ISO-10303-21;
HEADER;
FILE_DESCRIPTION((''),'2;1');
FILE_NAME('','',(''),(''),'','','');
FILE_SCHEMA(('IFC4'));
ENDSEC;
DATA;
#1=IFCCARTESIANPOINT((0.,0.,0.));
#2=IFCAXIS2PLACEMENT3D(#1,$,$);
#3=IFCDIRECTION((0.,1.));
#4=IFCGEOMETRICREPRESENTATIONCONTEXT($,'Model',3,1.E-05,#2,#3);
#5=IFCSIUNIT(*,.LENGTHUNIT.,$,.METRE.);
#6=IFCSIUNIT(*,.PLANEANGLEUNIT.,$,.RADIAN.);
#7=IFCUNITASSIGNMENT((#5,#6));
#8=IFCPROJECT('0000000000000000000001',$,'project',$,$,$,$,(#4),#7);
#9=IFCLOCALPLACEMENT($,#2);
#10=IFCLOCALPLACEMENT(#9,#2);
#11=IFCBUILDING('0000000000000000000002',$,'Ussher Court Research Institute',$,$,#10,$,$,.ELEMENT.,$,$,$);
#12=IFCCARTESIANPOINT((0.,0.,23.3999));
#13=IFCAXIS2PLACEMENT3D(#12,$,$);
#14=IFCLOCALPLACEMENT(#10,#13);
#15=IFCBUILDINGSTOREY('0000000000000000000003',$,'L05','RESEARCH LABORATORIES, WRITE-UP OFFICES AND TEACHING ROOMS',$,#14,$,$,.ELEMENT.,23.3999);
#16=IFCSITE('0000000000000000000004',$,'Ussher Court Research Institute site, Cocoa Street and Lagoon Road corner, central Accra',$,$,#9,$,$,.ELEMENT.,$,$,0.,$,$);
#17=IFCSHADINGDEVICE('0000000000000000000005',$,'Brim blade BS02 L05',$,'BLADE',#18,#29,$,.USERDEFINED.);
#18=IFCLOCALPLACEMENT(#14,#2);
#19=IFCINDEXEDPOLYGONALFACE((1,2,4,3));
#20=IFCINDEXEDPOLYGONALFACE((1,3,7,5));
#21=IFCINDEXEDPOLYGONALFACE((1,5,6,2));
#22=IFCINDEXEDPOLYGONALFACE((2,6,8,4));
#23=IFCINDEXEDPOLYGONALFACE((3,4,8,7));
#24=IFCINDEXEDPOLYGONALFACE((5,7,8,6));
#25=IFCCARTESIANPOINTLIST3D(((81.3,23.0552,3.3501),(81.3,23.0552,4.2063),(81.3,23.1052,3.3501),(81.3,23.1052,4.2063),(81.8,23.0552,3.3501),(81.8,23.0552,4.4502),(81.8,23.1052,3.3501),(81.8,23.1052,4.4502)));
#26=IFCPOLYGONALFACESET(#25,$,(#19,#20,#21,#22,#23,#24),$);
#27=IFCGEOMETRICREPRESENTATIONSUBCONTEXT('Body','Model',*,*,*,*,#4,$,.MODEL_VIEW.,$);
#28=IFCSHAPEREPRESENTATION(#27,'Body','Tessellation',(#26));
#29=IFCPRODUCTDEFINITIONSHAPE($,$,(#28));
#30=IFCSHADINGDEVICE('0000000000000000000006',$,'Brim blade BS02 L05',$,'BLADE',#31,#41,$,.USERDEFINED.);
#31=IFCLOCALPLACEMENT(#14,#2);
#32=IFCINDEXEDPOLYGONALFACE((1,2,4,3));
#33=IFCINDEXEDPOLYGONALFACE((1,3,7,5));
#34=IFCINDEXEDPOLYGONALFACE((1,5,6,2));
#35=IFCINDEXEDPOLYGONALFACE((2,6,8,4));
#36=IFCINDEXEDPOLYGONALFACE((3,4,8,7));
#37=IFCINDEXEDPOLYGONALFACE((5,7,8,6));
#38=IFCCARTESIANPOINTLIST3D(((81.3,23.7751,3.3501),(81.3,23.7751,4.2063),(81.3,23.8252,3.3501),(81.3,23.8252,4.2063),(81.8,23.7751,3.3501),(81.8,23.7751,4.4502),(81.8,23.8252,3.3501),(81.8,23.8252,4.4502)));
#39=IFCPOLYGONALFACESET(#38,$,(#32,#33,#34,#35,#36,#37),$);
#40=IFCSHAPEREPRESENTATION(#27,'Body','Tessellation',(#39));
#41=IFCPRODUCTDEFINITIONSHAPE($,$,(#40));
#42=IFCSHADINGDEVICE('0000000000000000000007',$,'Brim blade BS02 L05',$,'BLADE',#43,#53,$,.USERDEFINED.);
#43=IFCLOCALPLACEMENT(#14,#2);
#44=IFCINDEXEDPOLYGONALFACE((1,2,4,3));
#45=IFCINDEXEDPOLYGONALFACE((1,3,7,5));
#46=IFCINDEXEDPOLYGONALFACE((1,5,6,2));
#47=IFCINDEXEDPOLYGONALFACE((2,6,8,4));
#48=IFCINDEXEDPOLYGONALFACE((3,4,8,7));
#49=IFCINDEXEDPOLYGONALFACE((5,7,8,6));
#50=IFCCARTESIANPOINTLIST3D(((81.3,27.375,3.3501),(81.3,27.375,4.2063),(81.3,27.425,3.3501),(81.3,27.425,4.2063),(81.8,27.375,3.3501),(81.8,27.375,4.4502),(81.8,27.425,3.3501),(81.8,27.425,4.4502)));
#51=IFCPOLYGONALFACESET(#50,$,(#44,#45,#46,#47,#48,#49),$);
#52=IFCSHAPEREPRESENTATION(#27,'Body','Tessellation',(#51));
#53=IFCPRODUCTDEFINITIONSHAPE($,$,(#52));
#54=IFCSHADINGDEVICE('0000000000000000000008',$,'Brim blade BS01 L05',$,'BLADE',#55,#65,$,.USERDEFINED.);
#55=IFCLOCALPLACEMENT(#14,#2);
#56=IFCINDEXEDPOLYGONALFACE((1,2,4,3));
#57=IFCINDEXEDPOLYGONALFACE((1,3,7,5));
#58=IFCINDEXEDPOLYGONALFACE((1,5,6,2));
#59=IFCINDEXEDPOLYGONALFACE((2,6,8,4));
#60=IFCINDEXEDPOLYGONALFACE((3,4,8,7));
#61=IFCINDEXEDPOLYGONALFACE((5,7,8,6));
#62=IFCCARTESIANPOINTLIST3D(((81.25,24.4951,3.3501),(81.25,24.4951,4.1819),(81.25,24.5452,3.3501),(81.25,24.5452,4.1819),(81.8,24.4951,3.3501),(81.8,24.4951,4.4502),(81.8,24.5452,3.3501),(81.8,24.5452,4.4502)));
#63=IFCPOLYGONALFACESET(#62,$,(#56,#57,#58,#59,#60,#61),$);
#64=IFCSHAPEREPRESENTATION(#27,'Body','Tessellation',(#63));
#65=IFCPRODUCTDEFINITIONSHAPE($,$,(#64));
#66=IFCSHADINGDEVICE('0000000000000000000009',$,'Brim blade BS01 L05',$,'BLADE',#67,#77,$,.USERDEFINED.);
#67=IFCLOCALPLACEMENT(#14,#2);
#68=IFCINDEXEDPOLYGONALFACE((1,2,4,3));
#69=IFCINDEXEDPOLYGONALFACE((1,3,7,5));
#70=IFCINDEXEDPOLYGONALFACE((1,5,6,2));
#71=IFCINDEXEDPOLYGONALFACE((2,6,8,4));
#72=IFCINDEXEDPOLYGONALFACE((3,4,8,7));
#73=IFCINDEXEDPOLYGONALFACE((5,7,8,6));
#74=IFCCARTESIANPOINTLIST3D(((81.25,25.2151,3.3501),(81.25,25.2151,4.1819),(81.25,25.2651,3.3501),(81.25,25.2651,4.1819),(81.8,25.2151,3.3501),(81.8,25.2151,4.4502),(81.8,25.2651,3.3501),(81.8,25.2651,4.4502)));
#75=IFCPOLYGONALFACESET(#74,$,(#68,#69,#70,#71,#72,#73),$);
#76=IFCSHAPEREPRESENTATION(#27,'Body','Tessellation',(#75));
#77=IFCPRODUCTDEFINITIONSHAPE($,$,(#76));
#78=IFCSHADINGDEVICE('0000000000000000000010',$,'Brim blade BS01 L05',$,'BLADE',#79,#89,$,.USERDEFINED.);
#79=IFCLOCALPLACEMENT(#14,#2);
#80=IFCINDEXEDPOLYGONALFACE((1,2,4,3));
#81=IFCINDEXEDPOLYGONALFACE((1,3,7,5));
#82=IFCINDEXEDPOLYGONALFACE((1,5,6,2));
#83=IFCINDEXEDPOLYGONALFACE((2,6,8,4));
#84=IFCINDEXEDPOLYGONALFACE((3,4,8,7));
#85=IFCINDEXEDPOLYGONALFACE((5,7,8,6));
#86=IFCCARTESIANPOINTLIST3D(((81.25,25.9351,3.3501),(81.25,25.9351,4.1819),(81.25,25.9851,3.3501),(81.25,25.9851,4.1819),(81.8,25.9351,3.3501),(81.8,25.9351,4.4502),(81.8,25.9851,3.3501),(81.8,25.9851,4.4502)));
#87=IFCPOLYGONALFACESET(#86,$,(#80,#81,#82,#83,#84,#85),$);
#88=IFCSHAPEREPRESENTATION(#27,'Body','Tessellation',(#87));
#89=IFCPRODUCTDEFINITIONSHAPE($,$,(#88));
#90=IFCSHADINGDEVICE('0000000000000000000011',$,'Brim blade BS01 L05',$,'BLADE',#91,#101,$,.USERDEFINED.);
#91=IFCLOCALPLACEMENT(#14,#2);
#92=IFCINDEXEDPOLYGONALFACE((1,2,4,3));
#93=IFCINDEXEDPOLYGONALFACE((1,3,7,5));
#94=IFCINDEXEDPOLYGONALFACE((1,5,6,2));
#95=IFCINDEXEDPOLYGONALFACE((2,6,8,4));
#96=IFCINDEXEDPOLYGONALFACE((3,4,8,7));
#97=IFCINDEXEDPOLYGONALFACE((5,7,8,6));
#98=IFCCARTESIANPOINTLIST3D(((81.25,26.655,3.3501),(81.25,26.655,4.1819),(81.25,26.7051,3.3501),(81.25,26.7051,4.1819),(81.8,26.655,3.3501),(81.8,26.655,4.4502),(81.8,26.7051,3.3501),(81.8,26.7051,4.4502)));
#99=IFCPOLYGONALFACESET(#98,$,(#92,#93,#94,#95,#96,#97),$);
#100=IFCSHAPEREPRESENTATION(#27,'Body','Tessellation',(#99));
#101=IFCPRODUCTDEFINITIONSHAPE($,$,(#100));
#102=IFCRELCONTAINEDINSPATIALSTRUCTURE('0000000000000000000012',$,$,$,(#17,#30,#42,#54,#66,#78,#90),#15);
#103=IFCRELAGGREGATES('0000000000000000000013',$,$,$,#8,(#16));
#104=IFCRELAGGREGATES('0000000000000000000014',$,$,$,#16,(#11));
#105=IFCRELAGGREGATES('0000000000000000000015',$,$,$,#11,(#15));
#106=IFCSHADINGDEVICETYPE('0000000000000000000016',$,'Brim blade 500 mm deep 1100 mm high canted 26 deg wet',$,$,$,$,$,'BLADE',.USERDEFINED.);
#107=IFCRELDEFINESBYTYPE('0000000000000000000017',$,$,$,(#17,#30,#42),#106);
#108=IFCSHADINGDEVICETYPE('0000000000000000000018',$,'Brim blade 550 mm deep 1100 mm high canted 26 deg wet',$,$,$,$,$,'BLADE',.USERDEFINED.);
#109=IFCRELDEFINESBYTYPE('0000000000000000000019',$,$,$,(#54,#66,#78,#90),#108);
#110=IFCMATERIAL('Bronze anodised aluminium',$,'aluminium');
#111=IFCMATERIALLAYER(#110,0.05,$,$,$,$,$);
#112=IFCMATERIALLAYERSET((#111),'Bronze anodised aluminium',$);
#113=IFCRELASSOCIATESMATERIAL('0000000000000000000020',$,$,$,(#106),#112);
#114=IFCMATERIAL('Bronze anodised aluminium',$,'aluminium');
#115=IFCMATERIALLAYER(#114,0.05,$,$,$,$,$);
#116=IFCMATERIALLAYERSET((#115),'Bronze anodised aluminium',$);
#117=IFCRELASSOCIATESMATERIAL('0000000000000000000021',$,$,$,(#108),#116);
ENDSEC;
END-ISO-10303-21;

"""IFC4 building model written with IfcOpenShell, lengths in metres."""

from ifc_helpers import new_model, si_unit, direction, frame, origin, place, context, subcontext, project, spatial, polyline, outline, extrude, material, layer, layer_set, type_object, element, save


model = new_model("IFC4")

# Units and contexts
model_context = context("Model", 3, precision=1e-05, world=origin(), true_north=direction((0.0, 1.0)))
body_context = subcontext(model_context, "Body", "Model", "MODEL_VIEW")
ifc_project = project(units=[si_unit("LENGTHUNIT", "METRE"), si_unit("PLANEANGLEUNIT", "RADIAN")], contexts=[model_context])

# Site, building, storey
site_placement = place(None, origin())
site = spatial("IfcSite", under=ifc_project, at=site_placement, Name="Ussher Court Research Institute site, Cocoa Street and Lagoon Road corner, central Accra", CompositionType="ELEMENT", RefElevation=0.0)
building_placement = place(site_placement, origin())
building = spatial("IfcBuilding", under=site, at=building_placement, Name="Ussher Court Research Institute", CompositionType="ELEMENT")
storey_placement = place(building_placement, frame((0.0, 0.0, 23.3999)))
storey = spatial("IfcBuildingStorey", under=building, at=storey_placement, Name="L05", Description="RESEARCH LABORATORIES, WRITE-UP OFFICES AND TEACHING ROOMS", CompositionType="ELEMENT", Elevation=23.3999)

# Shading devices
ifc_material_1 = material(Name="Bronze anodised aluminium", Category="aluminium")
ifc_layer_1 = layer(ifc_material_1, 0.05)
ifc_layer_set_1 = layer_set([ifc_layer_1], Name="Bronze anodised aluminium")
shading_device_type_1 = type_object("IfcShadingDeviceType", Name="Brim blade 500 mm deep 1100 mm high canted 26 deg wet", ElementType="BLADE", PredefinedType="USERDEFINED", material=ifc_layer_set_1)
for number, where, z_axis, x_axis, name in (
    (1, (81.8, 23.0801, 3.3501), (0.0, 0.0, 1.0), (-1.0, 0.0, 0.0), "Brim blade BS02 L05"),
    (2, (81.8, 23.8, 3.3501), (0.0, 0.0, 1.0), (-1.0, 0.0, 0.0), "Brim blade BS02 L05"),
    (3, (81.8, 27.3999, 3.3501), (0.0, 0.0, 1.0), (-1.0, 0.0, 0.0), "Brim blade BS02 L05"),
):
    element("IfcShadingDevice", number, at=place(storey_placement, frame(where, z_axis=z_axis, x_axis=x_axis)), inside=storey, type_object=shading_device_type_1, Name=name, ObjectType="BLADE", PredefinedType="USERDEFINED", context=body_context, shape_type="SweptSolid", body=[
        extrude(outline(polyline([(0.0, 0.0), (0.5, 0.0), (0.5, 0.8562), (0.0, 1.1001), (0.0, 0.0)])), frame((0.0, 0.0249, 0.0), z_axis=(0.0, -1.0, 0.0), x_axis=(1.0, 0.0, 0.0)), (0.0, 0.0, 1.0), 0.05),
    ])
ifc_material_2 = material(Name="Bronze anodised aluminium", Category="aluminium")
ifc_layer_2 = layer(ifc_material_2, 0.05)
ifc_layer_set_2 = layer_set([ifc_layer_2], Name="Bronze anodised aluminium")
shading_device_type_2 = type_object("IfcShadingDeviceType", Name="Brim blade 550 mm deep 1100 mm high canted 26 deg wet", ElementType="BLADE", PredefinedType="USERDEFINED", material=ifc_layer_set_2)
for number, where, z_axis, x_axis, name in (
    (4, (81.8, 24.52, 3.3501), (0.0, 0.0, 1.0), (-1.0, 0.0, 0.0), "Brim blade BS01 L05"),
    (5, (81.8, 25.24, 3.3501), (0.0, 0.0, 1.0), (-1.0, 0.0, 0.0), "Brim blade BS01 L05"),
    (6, (81.8, 25.96, 3.3501), (0.0, 0.0, 1.0), (-1.0, 0.0, 0.0), "Brim blade BS01 L05"),
    (7, (81.8, 26.6799, 3.3501), (0.0, 0.0, 1.0), (-1.0, 0.0, 0.0), "Brim blade BS01 L05"),
):
    element("IfcShadingDevice", number, at=place(storey_placement, frame(where, z_axis=z_axis, x_axis=x_axis)), inside=storey, type_object=shading_device_type_2, Name=name, ObjectType="BLADE", PredefinedType="USERDEFINED", context=body_context, shape_type="SweptSolid", body=[
        extrude(outline(polyline([(0.0, 0.0), (0.55, 0.0), (0.55, 0.8318), (0.0, 1.1001), (0.0, 0.0)])), frame((0.0, 0.0249, 0.0), z_axis=(0.0, -1.0, 0.0), x_axis=(1.0, 0.0, 0.0)), (0.0, 0.0, 1.0), 0.05),
    ])

save(model, "model.ifc")
